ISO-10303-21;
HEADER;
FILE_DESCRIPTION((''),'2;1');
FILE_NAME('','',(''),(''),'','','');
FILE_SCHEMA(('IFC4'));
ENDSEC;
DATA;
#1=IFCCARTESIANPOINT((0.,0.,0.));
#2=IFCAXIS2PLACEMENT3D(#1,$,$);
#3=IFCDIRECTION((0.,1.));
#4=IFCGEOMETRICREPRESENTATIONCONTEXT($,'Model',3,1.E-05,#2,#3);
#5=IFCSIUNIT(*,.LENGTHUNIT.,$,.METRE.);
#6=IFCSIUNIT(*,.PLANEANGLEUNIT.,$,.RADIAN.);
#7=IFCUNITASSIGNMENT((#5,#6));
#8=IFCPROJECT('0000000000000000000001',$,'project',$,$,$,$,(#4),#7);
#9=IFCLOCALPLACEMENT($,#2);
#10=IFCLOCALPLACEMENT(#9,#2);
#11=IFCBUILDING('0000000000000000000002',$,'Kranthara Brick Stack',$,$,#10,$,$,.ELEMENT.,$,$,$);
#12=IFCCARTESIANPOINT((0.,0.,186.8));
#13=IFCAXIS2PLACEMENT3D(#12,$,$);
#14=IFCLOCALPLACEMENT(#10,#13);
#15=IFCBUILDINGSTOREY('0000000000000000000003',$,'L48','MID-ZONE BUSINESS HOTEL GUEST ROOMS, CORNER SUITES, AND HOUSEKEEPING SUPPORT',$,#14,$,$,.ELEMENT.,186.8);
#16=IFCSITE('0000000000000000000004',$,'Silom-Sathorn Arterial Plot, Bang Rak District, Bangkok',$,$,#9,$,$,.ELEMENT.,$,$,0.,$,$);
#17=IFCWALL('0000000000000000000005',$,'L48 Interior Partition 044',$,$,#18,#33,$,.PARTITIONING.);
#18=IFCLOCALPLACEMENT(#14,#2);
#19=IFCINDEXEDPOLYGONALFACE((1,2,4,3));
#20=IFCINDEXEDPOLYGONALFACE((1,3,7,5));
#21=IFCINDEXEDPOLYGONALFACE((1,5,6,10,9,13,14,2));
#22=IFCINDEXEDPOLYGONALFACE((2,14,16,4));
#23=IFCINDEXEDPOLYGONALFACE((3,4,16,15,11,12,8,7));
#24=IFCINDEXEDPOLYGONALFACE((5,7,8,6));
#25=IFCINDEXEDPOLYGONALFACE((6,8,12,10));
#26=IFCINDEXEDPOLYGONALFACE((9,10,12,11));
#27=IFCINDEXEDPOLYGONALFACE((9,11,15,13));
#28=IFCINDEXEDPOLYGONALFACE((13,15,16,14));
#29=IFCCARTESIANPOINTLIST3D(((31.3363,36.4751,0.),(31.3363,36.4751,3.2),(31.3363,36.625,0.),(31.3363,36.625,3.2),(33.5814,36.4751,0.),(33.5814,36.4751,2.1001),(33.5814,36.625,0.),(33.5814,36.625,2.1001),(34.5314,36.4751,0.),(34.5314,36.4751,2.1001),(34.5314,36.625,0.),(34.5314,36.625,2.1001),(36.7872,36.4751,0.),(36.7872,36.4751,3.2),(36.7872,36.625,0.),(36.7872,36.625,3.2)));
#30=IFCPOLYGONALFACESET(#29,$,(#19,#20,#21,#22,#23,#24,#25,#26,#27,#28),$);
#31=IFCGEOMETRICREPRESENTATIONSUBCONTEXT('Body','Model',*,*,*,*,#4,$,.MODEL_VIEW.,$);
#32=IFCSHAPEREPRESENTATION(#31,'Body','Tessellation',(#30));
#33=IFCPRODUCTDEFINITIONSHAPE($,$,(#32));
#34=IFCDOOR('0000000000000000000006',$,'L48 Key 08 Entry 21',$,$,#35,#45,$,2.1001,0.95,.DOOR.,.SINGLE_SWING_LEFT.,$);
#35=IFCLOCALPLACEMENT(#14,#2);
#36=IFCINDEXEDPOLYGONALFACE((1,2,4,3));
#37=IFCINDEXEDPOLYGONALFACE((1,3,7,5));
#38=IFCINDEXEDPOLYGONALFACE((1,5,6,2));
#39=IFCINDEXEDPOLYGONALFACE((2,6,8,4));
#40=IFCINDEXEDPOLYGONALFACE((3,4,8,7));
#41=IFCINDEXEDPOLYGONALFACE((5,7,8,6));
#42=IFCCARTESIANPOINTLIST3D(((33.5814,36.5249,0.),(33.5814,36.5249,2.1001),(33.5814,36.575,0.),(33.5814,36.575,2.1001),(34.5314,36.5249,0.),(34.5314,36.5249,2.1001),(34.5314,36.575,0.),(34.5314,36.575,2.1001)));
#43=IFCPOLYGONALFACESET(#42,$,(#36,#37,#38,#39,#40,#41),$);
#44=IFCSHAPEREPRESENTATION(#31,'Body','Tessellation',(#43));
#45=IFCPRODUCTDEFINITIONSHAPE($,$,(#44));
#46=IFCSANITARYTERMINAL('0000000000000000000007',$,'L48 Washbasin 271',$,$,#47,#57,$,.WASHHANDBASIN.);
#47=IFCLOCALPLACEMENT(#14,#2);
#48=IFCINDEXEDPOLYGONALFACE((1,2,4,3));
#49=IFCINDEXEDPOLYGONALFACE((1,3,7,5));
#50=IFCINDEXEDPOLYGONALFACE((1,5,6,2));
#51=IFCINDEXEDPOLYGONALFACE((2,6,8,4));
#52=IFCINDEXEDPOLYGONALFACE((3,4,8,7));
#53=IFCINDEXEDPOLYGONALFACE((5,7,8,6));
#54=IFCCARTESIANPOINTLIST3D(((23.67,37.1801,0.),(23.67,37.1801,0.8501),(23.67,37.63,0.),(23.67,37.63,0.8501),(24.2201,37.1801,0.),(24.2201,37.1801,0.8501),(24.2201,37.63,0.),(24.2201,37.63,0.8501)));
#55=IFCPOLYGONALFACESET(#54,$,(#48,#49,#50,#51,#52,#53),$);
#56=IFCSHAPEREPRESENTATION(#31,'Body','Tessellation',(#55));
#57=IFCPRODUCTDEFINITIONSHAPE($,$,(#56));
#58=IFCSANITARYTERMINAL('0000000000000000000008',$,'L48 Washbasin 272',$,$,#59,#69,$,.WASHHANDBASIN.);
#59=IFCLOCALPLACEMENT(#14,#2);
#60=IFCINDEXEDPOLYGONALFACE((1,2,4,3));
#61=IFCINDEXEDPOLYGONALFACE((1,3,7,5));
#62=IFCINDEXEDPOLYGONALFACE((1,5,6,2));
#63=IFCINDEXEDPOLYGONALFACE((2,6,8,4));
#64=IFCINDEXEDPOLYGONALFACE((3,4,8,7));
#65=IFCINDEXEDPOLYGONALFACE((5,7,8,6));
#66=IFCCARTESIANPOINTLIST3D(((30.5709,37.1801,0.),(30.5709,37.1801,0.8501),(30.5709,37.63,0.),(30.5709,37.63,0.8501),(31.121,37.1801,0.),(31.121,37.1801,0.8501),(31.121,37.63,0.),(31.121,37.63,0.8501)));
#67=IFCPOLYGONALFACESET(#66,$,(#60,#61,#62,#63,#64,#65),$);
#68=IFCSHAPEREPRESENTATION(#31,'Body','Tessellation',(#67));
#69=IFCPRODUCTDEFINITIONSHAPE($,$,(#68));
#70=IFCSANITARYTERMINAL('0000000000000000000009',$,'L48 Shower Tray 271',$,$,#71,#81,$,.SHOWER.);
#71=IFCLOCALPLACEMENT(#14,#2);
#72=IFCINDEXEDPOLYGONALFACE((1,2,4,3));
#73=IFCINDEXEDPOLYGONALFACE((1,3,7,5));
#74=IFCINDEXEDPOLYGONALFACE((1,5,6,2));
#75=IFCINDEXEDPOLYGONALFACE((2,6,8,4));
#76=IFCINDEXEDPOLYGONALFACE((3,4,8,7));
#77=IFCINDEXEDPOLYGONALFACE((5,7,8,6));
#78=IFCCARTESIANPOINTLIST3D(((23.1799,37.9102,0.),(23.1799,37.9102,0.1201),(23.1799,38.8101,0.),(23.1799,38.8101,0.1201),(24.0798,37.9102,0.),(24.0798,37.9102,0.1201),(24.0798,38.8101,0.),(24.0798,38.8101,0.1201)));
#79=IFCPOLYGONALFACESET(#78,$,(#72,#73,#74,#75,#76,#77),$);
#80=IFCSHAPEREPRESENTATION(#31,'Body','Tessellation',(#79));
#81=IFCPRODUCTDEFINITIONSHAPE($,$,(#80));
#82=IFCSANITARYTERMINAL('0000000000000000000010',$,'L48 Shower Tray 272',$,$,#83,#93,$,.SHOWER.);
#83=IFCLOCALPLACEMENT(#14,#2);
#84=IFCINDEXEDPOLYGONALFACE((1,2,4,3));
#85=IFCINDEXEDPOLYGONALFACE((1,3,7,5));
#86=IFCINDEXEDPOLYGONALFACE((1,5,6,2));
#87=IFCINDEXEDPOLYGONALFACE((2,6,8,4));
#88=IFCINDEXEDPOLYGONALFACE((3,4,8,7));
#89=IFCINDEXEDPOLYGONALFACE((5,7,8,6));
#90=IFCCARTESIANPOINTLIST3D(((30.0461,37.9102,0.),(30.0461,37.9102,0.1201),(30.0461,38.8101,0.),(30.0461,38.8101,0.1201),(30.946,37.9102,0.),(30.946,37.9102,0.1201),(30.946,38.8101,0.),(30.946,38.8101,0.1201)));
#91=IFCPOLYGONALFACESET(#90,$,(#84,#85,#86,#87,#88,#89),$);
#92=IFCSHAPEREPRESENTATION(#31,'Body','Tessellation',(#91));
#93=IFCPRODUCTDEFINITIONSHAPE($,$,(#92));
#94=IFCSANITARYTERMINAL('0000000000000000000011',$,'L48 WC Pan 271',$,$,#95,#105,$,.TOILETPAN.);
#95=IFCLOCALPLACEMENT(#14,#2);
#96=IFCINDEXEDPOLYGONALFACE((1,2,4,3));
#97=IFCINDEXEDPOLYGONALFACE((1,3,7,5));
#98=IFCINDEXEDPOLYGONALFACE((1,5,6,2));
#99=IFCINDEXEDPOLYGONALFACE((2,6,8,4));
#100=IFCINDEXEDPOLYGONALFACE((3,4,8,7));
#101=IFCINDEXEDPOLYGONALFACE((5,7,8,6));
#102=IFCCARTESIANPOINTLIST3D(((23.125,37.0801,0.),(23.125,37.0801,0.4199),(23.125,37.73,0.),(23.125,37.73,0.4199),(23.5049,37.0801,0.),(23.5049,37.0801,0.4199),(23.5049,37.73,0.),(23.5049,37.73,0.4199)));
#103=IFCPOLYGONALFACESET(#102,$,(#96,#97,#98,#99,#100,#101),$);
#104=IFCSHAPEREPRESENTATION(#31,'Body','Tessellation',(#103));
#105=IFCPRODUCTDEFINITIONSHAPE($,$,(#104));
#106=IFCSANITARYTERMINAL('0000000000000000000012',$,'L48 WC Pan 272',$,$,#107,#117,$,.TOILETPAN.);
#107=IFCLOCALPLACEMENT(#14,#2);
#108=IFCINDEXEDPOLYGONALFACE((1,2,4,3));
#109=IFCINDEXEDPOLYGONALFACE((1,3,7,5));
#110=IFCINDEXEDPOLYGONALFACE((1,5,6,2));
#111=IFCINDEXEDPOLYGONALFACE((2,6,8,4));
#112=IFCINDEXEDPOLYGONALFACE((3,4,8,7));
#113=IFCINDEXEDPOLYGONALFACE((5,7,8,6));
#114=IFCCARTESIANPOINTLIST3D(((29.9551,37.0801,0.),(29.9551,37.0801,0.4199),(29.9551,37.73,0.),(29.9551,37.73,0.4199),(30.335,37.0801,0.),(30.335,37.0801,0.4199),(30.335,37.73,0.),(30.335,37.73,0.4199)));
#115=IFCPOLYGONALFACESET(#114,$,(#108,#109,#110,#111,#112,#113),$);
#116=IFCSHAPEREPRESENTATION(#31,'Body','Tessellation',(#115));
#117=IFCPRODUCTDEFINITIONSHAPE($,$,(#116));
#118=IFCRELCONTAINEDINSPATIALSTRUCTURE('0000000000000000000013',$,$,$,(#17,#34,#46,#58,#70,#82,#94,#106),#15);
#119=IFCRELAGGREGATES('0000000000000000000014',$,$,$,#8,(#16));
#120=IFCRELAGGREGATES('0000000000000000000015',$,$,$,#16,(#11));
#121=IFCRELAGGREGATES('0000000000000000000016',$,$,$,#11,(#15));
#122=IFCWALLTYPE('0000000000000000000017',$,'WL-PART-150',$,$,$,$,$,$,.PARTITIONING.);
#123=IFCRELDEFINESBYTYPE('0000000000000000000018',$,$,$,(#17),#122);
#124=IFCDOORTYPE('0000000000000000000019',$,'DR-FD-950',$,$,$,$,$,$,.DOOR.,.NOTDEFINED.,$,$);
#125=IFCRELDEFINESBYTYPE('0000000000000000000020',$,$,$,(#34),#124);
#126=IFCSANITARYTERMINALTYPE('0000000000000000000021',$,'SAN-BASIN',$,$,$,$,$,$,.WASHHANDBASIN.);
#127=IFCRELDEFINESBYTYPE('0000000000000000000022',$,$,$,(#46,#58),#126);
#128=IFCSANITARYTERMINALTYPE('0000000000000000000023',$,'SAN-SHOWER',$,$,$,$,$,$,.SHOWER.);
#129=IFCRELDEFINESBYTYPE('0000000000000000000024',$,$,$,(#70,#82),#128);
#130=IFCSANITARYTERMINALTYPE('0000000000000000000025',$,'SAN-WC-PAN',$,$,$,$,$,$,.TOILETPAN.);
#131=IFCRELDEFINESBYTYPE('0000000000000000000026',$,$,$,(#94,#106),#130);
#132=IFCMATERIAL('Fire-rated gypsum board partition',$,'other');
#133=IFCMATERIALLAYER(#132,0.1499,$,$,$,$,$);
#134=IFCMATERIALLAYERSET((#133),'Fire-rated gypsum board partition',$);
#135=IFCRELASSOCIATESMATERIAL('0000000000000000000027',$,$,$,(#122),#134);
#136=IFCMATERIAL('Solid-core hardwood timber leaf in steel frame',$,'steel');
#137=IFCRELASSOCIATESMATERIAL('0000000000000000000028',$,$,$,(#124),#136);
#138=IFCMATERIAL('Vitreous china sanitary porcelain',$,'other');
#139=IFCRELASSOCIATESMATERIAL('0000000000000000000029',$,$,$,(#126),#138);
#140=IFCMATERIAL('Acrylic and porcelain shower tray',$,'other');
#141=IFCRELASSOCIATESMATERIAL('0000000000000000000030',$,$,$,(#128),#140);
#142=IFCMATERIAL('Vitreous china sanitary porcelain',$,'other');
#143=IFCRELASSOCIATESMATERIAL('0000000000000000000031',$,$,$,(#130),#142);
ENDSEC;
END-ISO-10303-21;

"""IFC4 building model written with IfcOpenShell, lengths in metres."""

from ifc_helpers import new_model, si_unit, direction, frame, frame_2d, origin, origin_2d, place, context, subcontext, project, spatial, rectangle, extrude, material, layer, layer_set, type_object, element, fill, save


model = new_model("IFC4")

# Units and contexts
model_context = context("Model", 3, precision=1e-05, world=origin(), true_north=direction((0.0, 1.0)))
body_context = subcontext(model_context, "Body", "Model", "MODEL_VIEW")
ifc_project = project(units=[si_unit("LENGTHUNIT", "METRE"), si_unit("PLANEANGLEUNIT", "RADIAN")], contexts=[model_context])

# Site, building, storey
site_placement = place(None, origin())
site = spatial("IfcSite", under=ifc_project, at=site_placement, Name="Silom-Sathorn Arterial Plot, Bang Rak District, Bangkok", CompositionType="ELEMENT", RefElevation=0.0)
building_placement = place(site_placement, origin())
building = spatial("IfcBuilding", under=site, at=building_placement, Name="Kranthara Brick Stack", CompositionType="ELEMENT")
storey_placement = place(building_placement, frame((0.0, 0.0, 186.8)))
storey = spatial("IfcBuildingStorey", under=building, at=storey_placement, Name="L48", Description="MID-ZONE BUSINESS HOTEL GUEST ROOMS, CORNER SUITES, AND HOUSEKEEPING SUPPORT", CompositionType="ELEMENT", Elevation=186.8)

# Shared definitions
ifc_material_1 = material(Name="Fire-rated gypsum board partition", Category="other")
ifc_layer_1 = layer(ifc_material_1, 0.1499)
ifc_layer_set_1 = layer_set([ifc_layer_1], Name="Fire-rated gypsum board partition")
wall_type_1 = type_object("IfcWallType", Name="WL-PART-150", PredefinedType="PARTITIONING", material=ifc_layer_set_1)
ifc_material_2 = material(Name="Solid-core hardwood timber leaf in steel frame", Category="steel")
door_type_1 = type_object("IfcDoorType", Name="DR-FD-950", OperationType="NOTDEFINED", PredefinedType="DOOR", material=ifc_material_2)

# Wall, opening, door
wall_1_placement = place(storey_placement, frame((31.3362, 36.55, 0.0), z_axis=(0.0, 0.0, 1.0), x_axis=(1.0, 0.0, 0.0)))
wall_1 = element("IfcWall", 1, at=wall_1_placement, inside=storey, type_object=wall_type_1, Name="L48 Interior Partition 044", PredefinedType="PARTITIONING", context=body_context, shape_type="SweptSolid", body=[
    extrude(rectangle(XDim=5.4509, YDim=0.1499, at=frame_2d((2.7256, 0.0))), origin(), (0.0, 0.0, 1.0), 3.2),
])
opening_1_placement = place(wall_1_placement, frame((2.2451, 0.0, 0.0)))
opening_1 = element("IfcOpeningElement", 2, at=opening_1_placement, cuts=wall_1, PredefinedType="OPENING", context=body_context, shape_type="SweptSolid", body=[
    extrude(rectangle(XDim=0.95, YDim=2.1001, at=frame_2d((0.4751, 1.05))), frame((0.0, 0.085, 0.0), z_axis=(0.0, -1.0, 0.0), x_axis=(1.0, 0.0, 0.0)), (0.0, 0.0, 1.0), 0.1699),
])
door_1_placement = place(opening_1_placement, origin())
door_1 = element("IfcDoor", 3, at=door_1_placement, inside=storey, type_object=door_type_1, Name="L48 Key 08 Entry 21", OperationType="SINGLE_SWING_LEFT", OverallHeight=2.1001, OverallWidth=0.95, PredefinedType="DOOR", context=body_context, shape_type="SweptSolid", body=[
    extrude(rectangle(XDim=0.95, YDim=2.1001, at=frame_2d((0.4751, 1.05))), frame((0.0, 0.0249, 0.0), z_axis=(0.0, -1.0, 0.0), x_axis=(1.0, 0.0, 0.0)), (0.0, 0.0, 1.0), 0.05),
])
fill(opening_1, door_1)

# Sanitary terminals
ifc_material_3 = material(Name="Vitreous china sanitary porcelain", Category="other")
sanitary_terminal_type_1 = type_object("IfcSanitaryTerminalType", Name="SAN-BASIN", PredefinedType="WASHHANDBASIN", material=ifc_material_3)
for number, where, z_axis, x_axis, name in (
    (4, (23.9451, 37.405, 0.0), (0.0, 0.0, 1.0), (1.0, 0.0, 0.0), "L48 Washbasin 271"),
    (5, (30.8459, 37.405, 0.0), (0.0, 0.0, 1.0), (1.0, 0.0, 0.0), "L48 Washbasin 272"),
):
    element("IfcSanitaryTerminal", number, at=place(storey_placement, frame(where, z_axis=z_axis, x_axis=x_axis)), inside=storey, type_object=sanitary_terminal_type_1, Name=name, PredefinedType="WASHHANDBASIN", context=body_context, shape_type="SweptSolid", body=[
        extrude(rectangle(XDim=0.55, YDim=0.45, at=origin_2d()), origin(), (0.0, 0.0, 1.0), 0.8501),
    ])
ifc_material_4 = material(Name="Acrylic and porcelain shower tray", Category="other")
sanitary_terminal_type_2 = type_object("IfcSanitaryTerminalType", Name="SAN-SHOWER", PredefinedType="SHOWER", material=ifc_material_4)
for number, where, z_axis, x_axis, name in (
    (6, (23.6299, 38.3601, 0.0), (0.0, 0.0, 1.0), (1.0, 0.0, 0.0), "L48 Shower Tray 271"),
    (7, (30.4961, 38.3601, 0.0), (0.0, 0.0, 1.0), (1.0, 0.0, 0.0), "L48 Shower Tray 272"),
):
    element("IfcSanitaryTerminal", number, at=place(storey_placement, frame(where, z_axis=z_axis, x_axis=x_axis)), inside=storey, type_object=sanitary_terminal_type_2, Name=name, PredefinedType="SHOWER", context=body_context, shape_type="SweptSolid", body=[
        extrude(rectangle(XDim=0.8999, YDim=0.8999, at=origin_2d()), origin(), (0.0, 0.0, 1.0), 0.1201),
    ])
ifc_material_5 = material(Name="Vitreous china sanitary porcelain", Category="other")
sanitary_terminal_type_3 = type_object("IfcSanitaryTerminalType", Name="SAN-WC-PAN", PredefinedType="TOILETPAN", material=ifc_material_5)
for number, where, z_axis, x_axis, name in (
    (8, (23.3149, 37.405, 0.0), (0.0, 0.0, 1.0), (1.0, 0.0, 0.0), "L48 WC Pan 271"),
    (9, (30.145, 37.405, 0.0), (0.0, 0.0, 1.0), (1.0, 0.0, 0.0), "L48 WC Pan 272"),
):
    element("IfcSanitaryTerminal", number, at=place(storey_placement, frame(where, z_axis=z_axis, x_axis=x_axis)), inside=storey, type_object=sanitary_terminal_type_3, Name=name, PredefinedType="TOILETPAN", context=body_context, shape_type="SweptSolid", body=[
        extrude(rectangle(XDim=0.3799, YDim=0.6499, at=origin_2d()), origin(), (0.0, 0.0, 1.0), 0.4199),
    ])

save(model, "model.ifc")
